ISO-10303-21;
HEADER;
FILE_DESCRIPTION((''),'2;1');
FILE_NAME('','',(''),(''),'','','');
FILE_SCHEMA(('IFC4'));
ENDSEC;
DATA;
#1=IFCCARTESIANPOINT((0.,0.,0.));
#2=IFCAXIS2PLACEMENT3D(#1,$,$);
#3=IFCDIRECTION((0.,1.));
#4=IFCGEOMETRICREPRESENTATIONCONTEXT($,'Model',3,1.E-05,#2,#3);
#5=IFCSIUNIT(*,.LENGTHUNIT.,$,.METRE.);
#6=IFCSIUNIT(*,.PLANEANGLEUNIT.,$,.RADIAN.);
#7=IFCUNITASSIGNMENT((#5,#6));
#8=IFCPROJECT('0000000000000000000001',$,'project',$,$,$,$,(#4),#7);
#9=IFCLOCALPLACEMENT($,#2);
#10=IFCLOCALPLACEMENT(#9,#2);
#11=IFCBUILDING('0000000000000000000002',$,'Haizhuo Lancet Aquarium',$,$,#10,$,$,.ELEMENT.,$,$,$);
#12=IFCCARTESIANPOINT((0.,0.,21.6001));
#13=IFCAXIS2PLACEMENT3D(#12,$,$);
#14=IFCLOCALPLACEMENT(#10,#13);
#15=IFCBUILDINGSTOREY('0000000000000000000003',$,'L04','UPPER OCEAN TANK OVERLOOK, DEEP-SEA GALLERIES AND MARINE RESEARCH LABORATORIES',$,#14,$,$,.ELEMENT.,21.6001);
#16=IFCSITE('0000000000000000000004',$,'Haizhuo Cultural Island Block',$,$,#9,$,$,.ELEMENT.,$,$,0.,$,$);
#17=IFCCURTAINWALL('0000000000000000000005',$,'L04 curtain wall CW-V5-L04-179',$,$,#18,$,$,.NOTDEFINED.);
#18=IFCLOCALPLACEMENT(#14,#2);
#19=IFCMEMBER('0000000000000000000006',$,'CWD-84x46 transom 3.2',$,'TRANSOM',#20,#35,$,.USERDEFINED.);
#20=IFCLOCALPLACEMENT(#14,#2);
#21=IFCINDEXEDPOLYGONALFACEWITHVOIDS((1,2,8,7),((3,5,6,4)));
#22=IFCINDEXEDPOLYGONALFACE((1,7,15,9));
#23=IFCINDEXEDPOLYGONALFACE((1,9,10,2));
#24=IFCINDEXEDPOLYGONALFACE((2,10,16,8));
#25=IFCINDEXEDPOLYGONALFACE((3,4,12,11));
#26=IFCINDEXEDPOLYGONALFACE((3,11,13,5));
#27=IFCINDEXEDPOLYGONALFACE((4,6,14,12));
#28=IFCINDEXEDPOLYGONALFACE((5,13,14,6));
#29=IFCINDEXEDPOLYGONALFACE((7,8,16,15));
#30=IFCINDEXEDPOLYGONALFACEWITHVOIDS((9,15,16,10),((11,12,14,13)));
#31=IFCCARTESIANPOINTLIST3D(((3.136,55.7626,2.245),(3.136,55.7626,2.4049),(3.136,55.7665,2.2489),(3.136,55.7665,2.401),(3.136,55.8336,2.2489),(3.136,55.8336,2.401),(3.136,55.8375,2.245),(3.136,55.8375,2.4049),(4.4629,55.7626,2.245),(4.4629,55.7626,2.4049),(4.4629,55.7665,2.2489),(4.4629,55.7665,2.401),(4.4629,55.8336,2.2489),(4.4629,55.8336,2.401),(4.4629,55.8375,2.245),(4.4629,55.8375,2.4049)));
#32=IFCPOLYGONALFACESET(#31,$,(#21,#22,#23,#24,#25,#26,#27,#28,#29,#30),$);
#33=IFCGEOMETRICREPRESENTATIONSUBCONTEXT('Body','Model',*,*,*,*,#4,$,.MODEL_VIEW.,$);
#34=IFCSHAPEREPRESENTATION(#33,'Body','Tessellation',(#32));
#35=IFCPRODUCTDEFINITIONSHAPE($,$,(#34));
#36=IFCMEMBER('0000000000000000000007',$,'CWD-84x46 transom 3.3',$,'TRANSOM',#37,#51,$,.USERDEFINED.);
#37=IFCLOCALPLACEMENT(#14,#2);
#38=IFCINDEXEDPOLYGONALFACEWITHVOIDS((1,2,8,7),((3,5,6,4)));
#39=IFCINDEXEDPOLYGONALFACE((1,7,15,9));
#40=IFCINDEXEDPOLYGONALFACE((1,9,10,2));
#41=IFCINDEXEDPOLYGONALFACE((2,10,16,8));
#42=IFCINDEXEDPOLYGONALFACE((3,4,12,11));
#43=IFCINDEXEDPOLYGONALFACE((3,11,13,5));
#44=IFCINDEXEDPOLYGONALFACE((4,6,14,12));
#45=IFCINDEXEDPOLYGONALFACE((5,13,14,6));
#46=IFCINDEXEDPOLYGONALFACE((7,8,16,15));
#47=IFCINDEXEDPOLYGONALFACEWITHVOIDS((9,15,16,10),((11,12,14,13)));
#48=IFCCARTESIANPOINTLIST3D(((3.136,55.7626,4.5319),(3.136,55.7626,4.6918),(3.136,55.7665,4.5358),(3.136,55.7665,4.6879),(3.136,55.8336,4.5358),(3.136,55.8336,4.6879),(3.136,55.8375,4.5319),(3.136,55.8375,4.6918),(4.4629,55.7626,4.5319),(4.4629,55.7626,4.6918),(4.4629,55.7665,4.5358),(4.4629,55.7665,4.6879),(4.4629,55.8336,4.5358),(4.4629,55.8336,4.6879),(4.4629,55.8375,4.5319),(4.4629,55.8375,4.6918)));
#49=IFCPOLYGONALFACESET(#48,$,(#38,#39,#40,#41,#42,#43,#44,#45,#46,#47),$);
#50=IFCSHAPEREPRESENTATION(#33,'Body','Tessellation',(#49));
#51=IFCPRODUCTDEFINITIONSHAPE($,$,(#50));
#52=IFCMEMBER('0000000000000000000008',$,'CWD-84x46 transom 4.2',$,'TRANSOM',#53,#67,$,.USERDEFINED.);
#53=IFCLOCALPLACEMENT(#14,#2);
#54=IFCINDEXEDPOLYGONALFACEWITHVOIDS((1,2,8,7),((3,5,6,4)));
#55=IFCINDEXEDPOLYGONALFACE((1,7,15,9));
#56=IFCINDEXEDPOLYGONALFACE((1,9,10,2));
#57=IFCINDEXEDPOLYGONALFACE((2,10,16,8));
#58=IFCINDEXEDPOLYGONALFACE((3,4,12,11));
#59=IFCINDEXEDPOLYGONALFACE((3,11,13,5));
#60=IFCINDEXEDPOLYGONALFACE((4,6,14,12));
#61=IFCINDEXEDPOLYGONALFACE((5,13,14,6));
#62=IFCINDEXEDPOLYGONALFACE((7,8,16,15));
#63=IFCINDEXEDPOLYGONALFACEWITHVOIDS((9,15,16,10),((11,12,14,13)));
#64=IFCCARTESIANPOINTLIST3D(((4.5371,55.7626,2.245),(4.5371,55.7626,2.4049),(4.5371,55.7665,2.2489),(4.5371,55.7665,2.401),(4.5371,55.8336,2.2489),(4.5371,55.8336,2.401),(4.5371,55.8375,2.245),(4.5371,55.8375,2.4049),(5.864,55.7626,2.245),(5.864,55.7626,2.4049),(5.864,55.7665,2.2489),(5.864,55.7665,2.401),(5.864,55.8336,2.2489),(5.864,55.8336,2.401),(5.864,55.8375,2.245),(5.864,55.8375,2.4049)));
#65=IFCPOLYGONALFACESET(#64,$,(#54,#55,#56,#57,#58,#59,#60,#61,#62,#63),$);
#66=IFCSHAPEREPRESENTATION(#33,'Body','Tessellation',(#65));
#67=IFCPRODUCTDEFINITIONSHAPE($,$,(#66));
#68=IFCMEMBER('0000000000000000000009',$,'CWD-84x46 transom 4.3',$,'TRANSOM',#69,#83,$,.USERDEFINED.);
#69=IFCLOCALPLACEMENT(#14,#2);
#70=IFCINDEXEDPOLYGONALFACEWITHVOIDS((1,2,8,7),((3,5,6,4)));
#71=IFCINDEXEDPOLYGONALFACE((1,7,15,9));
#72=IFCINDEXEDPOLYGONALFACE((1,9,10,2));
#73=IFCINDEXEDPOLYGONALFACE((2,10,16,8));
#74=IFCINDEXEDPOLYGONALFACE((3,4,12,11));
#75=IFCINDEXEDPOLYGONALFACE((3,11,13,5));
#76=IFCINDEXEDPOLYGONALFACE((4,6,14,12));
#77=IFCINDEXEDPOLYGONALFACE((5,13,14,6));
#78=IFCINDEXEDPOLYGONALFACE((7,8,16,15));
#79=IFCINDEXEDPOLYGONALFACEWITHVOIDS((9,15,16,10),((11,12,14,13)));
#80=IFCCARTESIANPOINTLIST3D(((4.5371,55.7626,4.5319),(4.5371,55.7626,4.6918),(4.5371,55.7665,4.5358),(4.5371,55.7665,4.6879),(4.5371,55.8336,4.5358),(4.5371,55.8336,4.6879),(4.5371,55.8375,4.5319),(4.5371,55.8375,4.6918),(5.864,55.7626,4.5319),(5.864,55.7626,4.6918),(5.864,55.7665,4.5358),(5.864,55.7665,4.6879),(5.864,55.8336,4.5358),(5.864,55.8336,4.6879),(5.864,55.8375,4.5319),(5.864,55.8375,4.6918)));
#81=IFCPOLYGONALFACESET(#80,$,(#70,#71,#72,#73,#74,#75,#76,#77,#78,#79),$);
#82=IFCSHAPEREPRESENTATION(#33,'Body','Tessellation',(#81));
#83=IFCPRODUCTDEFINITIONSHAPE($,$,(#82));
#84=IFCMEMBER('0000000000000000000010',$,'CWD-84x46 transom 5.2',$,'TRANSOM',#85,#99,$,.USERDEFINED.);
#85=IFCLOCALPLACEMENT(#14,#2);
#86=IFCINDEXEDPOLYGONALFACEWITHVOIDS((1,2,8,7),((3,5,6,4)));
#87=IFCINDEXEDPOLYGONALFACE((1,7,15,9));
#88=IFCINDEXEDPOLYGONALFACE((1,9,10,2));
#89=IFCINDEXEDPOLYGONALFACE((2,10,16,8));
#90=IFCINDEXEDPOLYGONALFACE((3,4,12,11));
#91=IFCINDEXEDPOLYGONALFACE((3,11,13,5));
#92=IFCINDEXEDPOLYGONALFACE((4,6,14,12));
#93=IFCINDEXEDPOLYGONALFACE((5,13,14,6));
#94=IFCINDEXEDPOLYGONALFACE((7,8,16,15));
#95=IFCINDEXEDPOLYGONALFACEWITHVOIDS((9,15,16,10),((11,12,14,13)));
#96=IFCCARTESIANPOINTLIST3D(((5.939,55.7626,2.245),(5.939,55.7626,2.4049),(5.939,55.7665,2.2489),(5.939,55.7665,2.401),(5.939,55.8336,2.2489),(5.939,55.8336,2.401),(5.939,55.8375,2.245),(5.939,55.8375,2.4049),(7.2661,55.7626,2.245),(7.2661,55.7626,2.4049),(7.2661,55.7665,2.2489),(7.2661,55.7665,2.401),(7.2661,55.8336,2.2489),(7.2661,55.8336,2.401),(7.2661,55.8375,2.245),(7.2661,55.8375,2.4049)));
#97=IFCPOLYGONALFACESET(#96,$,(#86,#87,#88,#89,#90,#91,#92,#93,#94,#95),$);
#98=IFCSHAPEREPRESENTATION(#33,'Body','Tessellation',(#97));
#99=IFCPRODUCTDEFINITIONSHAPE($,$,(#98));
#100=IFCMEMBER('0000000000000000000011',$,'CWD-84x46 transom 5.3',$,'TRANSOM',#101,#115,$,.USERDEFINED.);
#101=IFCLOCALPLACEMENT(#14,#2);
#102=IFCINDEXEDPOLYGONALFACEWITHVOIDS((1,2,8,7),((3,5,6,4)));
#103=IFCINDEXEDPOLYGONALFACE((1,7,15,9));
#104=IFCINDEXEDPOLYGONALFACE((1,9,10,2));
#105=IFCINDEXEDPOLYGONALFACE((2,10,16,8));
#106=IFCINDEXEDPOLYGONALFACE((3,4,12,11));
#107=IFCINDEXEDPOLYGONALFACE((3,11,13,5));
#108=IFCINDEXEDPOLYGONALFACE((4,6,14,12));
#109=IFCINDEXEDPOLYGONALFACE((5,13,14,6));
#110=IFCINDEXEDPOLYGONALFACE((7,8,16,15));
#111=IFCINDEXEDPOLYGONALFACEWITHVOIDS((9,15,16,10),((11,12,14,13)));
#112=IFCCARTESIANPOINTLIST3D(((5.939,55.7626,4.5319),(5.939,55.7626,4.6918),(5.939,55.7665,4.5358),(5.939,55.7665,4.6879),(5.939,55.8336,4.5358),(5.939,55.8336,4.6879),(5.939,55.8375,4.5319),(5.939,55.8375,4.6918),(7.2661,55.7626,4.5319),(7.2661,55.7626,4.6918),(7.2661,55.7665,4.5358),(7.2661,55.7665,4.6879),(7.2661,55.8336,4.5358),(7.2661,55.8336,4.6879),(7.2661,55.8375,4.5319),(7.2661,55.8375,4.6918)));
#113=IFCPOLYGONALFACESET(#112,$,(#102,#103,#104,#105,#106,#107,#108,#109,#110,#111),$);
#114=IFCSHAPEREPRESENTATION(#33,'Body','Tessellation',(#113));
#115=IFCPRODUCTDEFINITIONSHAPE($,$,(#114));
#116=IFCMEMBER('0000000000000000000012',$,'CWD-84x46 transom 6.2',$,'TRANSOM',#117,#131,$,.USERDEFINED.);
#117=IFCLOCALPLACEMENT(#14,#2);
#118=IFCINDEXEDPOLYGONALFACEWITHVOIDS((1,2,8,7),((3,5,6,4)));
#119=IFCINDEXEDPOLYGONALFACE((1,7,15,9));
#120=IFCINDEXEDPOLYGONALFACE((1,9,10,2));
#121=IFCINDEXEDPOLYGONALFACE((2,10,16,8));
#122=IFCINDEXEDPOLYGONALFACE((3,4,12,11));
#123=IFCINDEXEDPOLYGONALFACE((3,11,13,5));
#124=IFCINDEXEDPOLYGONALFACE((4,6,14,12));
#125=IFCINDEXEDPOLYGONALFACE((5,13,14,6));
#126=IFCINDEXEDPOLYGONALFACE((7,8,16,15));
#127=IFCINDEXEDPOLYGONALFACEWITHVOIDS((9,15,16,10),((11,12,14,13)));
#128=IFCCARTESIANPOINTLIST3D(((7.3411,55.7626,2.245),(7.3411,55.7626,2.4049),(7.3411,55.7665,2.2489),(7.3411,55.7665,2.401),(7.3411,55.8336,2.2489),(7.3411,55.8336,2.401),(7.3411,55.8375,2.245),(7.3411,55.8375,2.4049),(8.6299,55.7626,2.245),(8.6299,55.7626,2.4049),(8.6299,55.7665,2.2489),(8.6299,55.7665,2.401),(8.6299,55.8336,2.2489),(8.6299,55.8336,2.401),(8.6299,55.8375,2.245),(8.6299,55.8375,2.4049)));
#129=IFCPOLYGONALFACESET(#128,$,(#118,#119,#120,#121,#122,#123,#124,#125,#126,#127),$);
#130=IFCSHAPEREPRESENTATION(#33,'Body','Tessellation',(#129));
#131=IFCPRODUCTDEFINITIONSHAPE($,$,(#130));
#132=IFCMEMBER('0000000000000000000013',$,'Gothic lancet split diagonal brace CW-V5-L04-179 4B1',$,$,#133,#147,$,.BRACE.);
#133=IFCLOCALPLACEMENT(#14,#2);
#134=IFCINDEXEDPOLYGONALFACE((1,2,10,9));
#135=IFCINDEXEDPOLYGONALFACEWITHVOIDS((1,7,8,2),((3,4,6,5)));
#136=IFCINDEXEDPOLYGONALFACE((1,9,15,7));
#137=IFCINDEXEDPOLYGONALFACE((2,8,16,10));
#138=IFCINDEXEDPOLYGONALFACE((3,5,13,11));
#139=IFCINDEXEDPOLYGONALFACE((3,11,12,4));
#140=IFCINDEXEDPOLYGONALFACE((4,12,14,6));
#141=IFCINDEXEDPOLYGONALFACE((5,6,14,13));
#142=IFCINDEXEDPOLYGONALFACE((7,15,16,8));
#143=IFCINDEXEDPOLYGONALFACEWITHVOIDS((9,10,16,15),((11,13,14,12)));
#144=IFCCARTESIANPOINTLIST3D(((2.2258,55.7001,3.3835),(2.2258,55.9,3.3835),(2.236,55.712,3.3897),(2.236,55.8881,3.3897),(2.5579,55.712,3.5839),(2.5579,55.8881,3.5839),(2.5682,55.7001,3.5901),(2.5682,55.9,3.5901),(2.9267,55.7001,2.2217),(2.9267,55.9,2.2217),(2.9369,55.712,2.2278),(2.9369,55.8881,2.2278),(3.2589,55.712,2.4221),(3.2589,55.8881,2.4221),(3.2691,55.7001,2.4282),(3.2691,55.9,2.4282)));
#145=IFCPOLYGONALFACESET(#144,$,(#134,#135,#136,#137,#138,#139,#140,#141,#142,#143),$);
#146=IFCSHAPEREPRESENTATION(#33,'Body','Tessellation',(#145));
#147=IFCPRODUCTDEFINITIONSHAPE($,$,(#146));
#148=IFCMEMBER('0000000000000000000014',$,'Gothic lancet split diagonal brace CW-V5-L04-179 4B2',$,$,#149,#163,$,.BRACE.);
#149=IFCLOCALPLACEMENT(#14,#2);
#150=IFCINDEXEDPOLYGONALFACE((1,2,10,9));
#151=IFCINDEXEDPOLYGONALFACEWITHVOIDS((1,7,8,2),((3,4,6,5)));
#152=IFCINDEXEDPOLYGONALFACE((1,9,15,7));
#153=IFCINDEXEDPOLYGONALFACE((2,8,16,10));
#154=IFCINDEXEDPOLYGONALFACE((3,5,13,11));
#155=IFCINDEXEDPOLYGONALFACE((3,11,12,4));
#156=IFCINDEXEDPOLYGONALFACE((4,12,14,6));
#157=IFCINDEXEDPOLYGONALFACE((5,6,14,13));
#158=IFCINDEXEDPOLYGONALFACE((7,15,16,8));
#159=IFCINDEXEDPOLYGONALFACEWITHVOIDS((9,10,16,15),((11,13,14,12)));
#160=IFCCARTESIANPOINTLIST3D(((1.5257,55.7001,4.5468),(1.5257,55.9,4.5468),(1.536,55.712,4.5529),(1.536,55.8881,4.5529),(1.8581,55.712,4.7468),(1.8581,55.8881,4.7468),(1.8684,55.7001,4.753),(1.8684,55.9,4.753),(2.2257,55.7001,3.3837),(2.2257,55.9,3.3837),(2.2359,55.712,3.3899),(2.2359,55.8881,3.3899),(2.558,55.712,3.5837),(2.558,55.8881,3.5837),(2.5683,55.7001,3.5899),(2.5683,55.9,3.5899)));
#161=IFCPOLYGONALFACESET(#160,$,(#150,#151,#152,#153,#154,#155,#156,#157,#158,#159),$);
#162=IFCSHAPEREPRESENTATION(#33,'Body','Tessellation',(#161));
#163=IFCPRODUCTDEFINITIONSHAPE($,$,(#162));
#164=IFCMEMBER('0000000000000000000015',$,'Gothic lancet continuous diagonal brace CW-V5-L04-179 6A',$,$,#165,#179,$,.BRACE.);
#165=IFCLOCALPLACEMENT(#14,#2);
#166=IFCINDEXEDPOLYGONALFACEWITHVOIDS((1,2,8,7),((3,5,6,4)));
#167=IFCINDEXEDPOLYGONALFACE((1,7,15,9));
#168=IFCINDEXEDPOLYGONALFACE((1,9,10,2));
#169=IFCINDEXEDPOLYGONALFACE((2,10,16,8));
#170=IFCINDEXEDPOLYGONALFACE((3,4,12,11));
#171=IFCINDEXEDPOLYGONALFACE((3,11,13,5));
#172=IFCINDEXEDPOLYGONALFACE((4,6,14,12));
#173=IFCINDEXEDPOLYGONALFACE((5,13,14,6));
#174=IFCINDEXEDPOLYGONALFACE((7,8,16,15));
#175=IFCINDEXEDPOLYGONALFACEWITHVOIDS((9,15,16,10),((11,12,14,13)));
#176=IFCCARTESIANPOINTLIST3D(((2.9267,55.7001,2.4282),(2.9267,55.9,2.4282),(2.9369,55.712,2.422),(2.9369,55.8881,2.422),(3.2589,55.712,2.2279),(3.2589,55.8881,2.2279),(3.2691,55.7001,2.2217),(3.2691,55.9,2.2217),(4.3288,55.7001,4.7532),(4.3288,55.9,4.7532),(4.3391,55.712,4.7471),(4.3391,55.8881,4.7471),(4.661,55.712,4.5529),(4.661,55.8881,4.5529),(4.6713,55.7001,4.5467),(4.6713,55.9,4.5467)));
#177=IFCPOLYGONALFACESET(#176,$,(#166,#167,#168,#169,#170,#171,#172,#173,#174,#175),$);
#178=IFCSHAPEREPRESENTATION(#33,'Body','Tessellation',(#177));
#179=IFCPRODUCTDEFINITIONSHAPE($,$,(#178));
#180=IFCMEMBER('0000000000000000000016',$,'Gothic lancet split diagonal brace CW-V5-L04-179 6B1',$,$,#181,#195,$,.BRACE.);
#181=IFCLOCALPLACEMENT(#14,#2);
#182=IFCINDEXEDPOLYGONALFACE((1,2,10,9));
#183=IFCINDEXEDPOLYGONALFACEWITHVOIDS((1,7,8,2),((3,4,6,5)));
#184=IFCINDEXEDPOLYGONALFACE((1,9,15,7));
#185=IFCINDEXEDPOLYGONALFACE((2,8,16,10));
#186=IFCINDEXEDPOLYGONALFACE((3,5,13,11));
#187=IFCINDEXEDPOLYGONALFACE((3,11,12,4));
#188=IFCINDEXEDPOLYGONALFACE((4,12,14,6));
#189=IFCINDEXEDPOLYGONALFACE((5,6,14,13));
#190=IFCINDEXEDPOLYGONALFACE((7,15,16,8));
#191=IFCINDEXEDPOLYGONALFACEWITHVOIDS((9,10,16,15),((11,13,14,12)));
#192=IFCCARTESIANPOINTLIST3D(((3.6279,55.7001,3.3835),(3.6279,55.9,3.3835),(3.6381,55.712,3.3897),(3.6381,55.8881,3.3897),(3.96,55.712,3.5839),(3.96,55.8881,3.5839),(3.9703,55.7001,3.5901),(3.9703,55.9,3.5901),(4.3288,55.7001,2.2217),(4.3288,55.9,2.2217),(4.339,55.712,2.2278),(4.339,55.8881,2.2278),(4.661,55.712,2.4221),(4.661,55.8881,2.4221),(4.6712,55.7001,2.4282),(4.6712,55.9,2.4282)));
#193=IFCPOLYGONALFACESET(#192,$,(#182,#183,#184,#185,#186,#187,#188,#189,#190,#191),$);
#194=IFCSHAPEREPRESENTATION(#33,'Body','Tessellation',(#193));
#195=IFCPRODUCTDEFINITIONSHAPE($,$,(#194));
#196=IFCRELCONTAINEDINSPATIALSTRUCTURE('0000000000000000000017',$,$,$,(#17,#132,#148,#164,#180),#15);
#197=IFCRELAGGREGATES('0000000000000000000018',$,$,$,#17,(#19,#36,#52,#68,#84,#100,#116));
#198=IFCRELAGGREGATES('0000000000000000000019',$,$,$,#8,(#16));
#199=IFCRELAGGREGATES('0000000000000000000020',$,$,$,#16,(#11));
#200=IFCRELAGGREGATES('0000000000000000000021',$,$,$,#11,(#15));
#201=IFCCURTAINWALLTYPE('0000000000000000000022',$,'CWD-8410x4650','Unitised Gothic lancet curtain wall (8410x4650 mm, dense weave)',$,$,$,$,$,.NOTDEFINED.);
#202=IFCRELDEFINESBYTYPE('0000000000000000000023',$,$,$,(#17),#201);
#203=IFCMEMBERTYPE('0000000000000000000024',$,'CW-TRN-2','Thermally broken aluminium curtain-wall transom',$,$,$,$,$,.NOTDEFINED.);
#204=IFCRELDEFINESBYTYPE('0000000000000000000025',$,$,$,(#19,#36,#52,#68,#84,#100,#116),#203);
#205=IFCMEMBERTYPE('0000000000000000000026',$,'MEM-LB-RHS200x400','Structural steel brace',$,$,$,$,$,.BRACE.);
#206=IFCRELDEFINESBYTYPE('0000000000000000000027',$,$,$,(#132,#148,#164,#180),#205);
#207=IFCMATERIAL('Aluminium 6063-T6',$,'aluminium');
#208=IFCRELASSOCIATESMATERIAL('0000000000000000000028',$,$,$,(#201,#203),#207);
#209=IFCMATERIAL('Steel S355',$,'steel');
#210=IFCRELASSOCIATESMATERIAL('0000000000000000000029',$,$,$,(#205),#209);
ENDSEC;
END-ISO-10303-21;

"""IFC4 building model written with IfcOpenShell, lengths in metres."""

from ifc_helpers import new_model, si_unit, direction, frame, origin, origin_2d, place, context, subcontext, project, spatial, hollow_rectangle, extrude, material, material_profile, profile_set, type_object, element, aggregate, save


model = new_model("IFC4")

# Units and contexts
model_context = context("Model", 3, precision=1e-05, world=origin(), true_north=direction((0.0, 1.0)))
body_context = subcontext(model_context, "Body", "Model", "MODEL_VIEW")
ifc_project = project(units=[si_unit("LENGTHUNIT", "METRE"), si_unit("PLANEANGLEUNIT", "RADIAN")], contexts=[model_context])

# Site, building, storey
site_placement = place(None, origin())
site = spatial("IfcSite", under=ifc_project, at=site_placement, Name="Haizhuo Cultural Island Block", CompositionType="ELEMENT", RefElevation=0.0)
building_placement = place(site_placement, origin())
building = spatial("IfcBuilding", under=site, at=building_placement, Name="Haizhuo Lancet Aquarium", CompositionType="ELEMENT")
storey_placement = place(building_placement, frame((0.0, 0.0, 21.6001)))
storey = spatial("IfcBuildingStorey", under=building, at=storey_placement, Name="L04", Description="UPPER OCEAN TANK OVERLOOK, DEEP-SEA GALLERIES AND MARINE RESEARCH LABORATORIES", CompositionType="ELEMENT", Elevation=21.6001)

# Curtain wall, members
ifc_material_1 = material(Name="Aluminium 6063-T6", Category="aluminium")
curtain_wall_type = type_object("IfcCurtainWallType", Name="CWD-8410x4650", Description="Unitised Gothic lancet curtain wall (8410x4650 mm, dense weave)", PredefinedType="NOTDEFINED", material=ifc_material_1)
curtain_wall_placement = place(storey_placement, origin())
curtain_wall = element("IfcCurtainWall", 1, at=curtain_wall_placement, inside=storey, type_object=curtain_wall_type, Name="L04 curtain wall CW-V5-L04-179", PredefinedType="NOTDEFINED")
ifc_material_profile_1 = material_profile(ifc_material_1, hollow_rectangle(XDim=0.075, YDim=0.1599, WallThickness=0.0039, at=origin_2d()), Name="ALU-T 75x160x4")
ifc_profile_set_1 = profile_set([ifc_material_profile_1], Name="Aluminium 6063-T6")
member_type_1 = type_object("IfcMemberType", Name="CW-TRN-2", Description="Thermally broken aluminium curtain-wall transom", PredefinedType="NOTDEFINED", material=ifc_profile_set_1)
member_1_placement = place(storey_placement, frame((3.136, 55.8, 2.325), z_axis=(1.0, 0.0, 0.0), x_axis=(0.0, 1.0, 0.0)))
member_1 = element("IfcMember", 2, at=member_1_placement, type_object=member_type_1, Name="CWD-84x46 transom 3.2", ObjectType="TRANSOM", PredefinedType="USERDEFINED", context=body_context, shape_type="SweptSolid", body=[
    extrude(hollow_rectangle(XDim=0.075, YDim=0.1599, WallThickness=0.0039, at=origin_2d()), origin(), (0.0, 0.0, 1.0), 1.3269),
])
member_2_placement = place(storey_placement, frame((3.136, 55.8, 4.6118), z_axis=(1.0, 0.0, 0.0), x_axis=(0.0, 1.0, 0.0)))
member_2 = element("IfcMember", 3, at=member_2_placement, type_object=member_type_1, Name="CWD-84x46 transom 3.3", ObjectType="TRANSOM", PredefinedType="USERDEFINED", context=body_context, shape_type="SweptSolid", body=[
    extrude(hollow_rectangle(XDim=0.075, YDim=0.1599, WallThickness=0.0039, at=origin_2d()), origin(), (0.0, 0.0, 1.0), 1.3269),
])
member_3_placement = place(storey_placement, frame((4.5371, 55.8, 2.325), z_axis=(1.0, 0.0, 0.0), x_axis=(0.0, 1.0, 0.0)))
member_3 = element("IfcMember", 4, at=member_3_placement, type_object=member_type_1, Name="CWD-84x46 transom 4.2", ObjectType="TRANSOM", PredefinedType="USERDEFINED", context=body_context, shape_type="SweptSolid", body=[
    extrude(hollow_rectangle(XDim=0.075, YDim=0.1599, WallThickness=0.0039, at=origin_2d()), origin(), (0.0, 0.0, 1.0), 1.3269),
])
member_4_placement = place(storey_placement, frame((4.5371, 55.8, 4.6118), z_axis=(1.0, 0.0, 0.0), x_axis=(0.0, 1.0, 0.0)))
member_4 = element("IfcMember", 5, at=member_4_placement, type_object=member_type_1, Name="CWD-84x46 transom 4.3", ObjectType="TRANSOM", PredefinedType="USERDEFINED", context=body_context, shape_type="SweptSolid", body=[
    extrude(hollow_rectangle(XDim=0.075, YDim=0.1599, WallThickness=0.0039, at=origin_2d()), origin(), (0.0, 0.0, 1.0), 1.3269),
])
member_5_placement = place(storey_placement, frame((5.939, 55.8, 2.325), z_axis=(1.0, 0.0, 0.0), x_axis=(0.0, 1.0, 0.0)))
member_5 = element("IfcMember", 6, at=member_5_placement, type_object=member_type_1, Name="CWD-84x46 transom 5.2", ObjectType="TRANSOM", PredefinedType="USERDEFINED", context=body_context, shape_type="SweptSolid", body=[
    extrude(hollow_rectangle(XDim=0.075, YDim=0.1599, WallThickness=0.0039, at=origin_2d()), origin(), (0.0, 0.0, 1.0), 1.3271),
])
member_6_placement = place(storey_placement, frame((5.939, 55.8, 4.6118), z_axis=(1.0, 0.0, 0.0), x_axis=(0.0, 1.0, 0.0)))
member_6 = element("IfcMember", 7, at=member_6_placement, type_object=member_type_1, Name="CWD-84x46 transom 5.3", ObjectType="TRANSOM", PredefinedType="USERDEFINED", context=body_context, shape_type="SweptSolid", body=[
    extrude(hollow_rectangle(XDim=0.075, YDim=0.1599, WallThickness=0.0039, at=origin_2d()), origin(), (0.0, 0.0, 1.0), 1.3271),
])
member_7_placement = place(storey_placement, frame((7.3411, 55.8, 2.325), z_axis=(1.0, 0.0, 0.0), x_axis=(0.0, 1.0, 0.0)))
member_7 = element("IfcMember", 8, at=member_7_placement, type_object=member_type_1, Name="CWD-84x46 transom 6.2", ObjectType="TRANSOM", PredefinedType="USERDEFINED", context=body_context, shape_type="SweptSolid", body=[
    extrude(hollow_rectangle(XDim=0.075, YDim=0.1599, WallThickness=0.0039, at=origin_2d()), origin(), (0.0, 0.0, 1.0), 1.2888),
])

# Members
ifc_material_2 = material(Name="Steel S355", Category="steel")
ifc_material_profile_2 = material_profile(ifc_material_2, hollow_rectangle(XDim=0.2, YDim=0.3999, WallThickness=0.012, at=origin_2d()), Name="RHS 200x400x12")
ifc_profile_set_2 = profile_set([ifc_material_profile_2], Name="Steel S355")
member_type_2 = type_object("IfcMemberType", Name="MEM-LB-RHS200x400", Description="Structural steel brace", PredefinedType="BRACE", material=ifc_profile_set_2)
member_8_placement = place(storey_placement, frame((3.0979, 55.8, 2.325), z_axis=(-0.516558, 0.0, 0.856252), x_axis=(0.0, -1.0, 0.0)))
element("IfcMember", 9, at=member_8_placement, inside=storey, type_object=member_type_2, Name="Gothic lancet split diagonal brace CW-V5-L04-179 4B1", PredefinedType="BRACE", context=body_context, shape_type="SweptSolid", body=[
    extrude(hollow_rectangle(XDim=0.2, YDim=0.3999, WallThickness=0.012, at=origin_2d()), origin(), (0.0, 0.0, 1.0), 1.3569),
])
member_9_placement = place(storey_placement, frame((2.397, 55.8, 3.4868), z_axis=(-0.515633, 0.0, 0.85681), x_axis=(0.0, -1.0, 0.0)))
element("IfcMember", 10, at=member_9_placement, inside=storey, type_object=member_type_2, Name="Gothic lancet split diagonal brace CW-V5-L04-179 4B2", PredefinedType="BRACE", context=body_context, shape_type="SweptSolid", body=[
    extrude(hollow_rectangle(XDim=0.2, YDim=0.3999, WallThickness=0.012, at=origin_2d()), origin(), (0.0, 0.0, 1.0), 1.3574),
])
member_10_placement = place(storey_placement, frame((3.0979, 55.8, 2.325), z_axis=(0.516425, 0.0, 0.856332), x_axis=(0.0, 1.0, 0.0)))
element("IfcMember", 11, at=member_10_placement, inside=storey, type_object=member_type_2, Name="Gothic lancet continuous diagonal brace CW-V5-L04-179 6A", PredefinedType="BRACE", context=body_context, shape_type="SweptSolid", body=[
    extrude(hollow_rectangle(XDim=0.2, YDim=0.3999, WallThickness=0.012, at=origin_2d()), origin(), (0.0, 0.0, 1.0), 2.7151),
])
member_11_placement = place(storey_placement, frame((4.5, 55.8, 2.325), z_axis=(-0.516558, 0.0, 0.856252), x_axis=(0.0, -1.0, 0.0)))
element("IfcMember", 12, at=member_11_placement, inside=storey, type_object=member_type_2, Name="Gothic lancet split diagonal brace CW-V5-L04-179 6B1", PredefinedType="BRACE", context=body_context, shape_type="SweptSolid", body=[
    extrude(hollow_rectangle(XDim=0.2, YDim=0.3999, WallThickness=0.012, at=origin_2d()), origin(), (0.0, 0.0, 1.0), 1.3569),
])

aggregate(curtain_wall, [member_1, member_2, member_3, member_4, member_5, member_6, member_7])

save(model, "model.ifc")
